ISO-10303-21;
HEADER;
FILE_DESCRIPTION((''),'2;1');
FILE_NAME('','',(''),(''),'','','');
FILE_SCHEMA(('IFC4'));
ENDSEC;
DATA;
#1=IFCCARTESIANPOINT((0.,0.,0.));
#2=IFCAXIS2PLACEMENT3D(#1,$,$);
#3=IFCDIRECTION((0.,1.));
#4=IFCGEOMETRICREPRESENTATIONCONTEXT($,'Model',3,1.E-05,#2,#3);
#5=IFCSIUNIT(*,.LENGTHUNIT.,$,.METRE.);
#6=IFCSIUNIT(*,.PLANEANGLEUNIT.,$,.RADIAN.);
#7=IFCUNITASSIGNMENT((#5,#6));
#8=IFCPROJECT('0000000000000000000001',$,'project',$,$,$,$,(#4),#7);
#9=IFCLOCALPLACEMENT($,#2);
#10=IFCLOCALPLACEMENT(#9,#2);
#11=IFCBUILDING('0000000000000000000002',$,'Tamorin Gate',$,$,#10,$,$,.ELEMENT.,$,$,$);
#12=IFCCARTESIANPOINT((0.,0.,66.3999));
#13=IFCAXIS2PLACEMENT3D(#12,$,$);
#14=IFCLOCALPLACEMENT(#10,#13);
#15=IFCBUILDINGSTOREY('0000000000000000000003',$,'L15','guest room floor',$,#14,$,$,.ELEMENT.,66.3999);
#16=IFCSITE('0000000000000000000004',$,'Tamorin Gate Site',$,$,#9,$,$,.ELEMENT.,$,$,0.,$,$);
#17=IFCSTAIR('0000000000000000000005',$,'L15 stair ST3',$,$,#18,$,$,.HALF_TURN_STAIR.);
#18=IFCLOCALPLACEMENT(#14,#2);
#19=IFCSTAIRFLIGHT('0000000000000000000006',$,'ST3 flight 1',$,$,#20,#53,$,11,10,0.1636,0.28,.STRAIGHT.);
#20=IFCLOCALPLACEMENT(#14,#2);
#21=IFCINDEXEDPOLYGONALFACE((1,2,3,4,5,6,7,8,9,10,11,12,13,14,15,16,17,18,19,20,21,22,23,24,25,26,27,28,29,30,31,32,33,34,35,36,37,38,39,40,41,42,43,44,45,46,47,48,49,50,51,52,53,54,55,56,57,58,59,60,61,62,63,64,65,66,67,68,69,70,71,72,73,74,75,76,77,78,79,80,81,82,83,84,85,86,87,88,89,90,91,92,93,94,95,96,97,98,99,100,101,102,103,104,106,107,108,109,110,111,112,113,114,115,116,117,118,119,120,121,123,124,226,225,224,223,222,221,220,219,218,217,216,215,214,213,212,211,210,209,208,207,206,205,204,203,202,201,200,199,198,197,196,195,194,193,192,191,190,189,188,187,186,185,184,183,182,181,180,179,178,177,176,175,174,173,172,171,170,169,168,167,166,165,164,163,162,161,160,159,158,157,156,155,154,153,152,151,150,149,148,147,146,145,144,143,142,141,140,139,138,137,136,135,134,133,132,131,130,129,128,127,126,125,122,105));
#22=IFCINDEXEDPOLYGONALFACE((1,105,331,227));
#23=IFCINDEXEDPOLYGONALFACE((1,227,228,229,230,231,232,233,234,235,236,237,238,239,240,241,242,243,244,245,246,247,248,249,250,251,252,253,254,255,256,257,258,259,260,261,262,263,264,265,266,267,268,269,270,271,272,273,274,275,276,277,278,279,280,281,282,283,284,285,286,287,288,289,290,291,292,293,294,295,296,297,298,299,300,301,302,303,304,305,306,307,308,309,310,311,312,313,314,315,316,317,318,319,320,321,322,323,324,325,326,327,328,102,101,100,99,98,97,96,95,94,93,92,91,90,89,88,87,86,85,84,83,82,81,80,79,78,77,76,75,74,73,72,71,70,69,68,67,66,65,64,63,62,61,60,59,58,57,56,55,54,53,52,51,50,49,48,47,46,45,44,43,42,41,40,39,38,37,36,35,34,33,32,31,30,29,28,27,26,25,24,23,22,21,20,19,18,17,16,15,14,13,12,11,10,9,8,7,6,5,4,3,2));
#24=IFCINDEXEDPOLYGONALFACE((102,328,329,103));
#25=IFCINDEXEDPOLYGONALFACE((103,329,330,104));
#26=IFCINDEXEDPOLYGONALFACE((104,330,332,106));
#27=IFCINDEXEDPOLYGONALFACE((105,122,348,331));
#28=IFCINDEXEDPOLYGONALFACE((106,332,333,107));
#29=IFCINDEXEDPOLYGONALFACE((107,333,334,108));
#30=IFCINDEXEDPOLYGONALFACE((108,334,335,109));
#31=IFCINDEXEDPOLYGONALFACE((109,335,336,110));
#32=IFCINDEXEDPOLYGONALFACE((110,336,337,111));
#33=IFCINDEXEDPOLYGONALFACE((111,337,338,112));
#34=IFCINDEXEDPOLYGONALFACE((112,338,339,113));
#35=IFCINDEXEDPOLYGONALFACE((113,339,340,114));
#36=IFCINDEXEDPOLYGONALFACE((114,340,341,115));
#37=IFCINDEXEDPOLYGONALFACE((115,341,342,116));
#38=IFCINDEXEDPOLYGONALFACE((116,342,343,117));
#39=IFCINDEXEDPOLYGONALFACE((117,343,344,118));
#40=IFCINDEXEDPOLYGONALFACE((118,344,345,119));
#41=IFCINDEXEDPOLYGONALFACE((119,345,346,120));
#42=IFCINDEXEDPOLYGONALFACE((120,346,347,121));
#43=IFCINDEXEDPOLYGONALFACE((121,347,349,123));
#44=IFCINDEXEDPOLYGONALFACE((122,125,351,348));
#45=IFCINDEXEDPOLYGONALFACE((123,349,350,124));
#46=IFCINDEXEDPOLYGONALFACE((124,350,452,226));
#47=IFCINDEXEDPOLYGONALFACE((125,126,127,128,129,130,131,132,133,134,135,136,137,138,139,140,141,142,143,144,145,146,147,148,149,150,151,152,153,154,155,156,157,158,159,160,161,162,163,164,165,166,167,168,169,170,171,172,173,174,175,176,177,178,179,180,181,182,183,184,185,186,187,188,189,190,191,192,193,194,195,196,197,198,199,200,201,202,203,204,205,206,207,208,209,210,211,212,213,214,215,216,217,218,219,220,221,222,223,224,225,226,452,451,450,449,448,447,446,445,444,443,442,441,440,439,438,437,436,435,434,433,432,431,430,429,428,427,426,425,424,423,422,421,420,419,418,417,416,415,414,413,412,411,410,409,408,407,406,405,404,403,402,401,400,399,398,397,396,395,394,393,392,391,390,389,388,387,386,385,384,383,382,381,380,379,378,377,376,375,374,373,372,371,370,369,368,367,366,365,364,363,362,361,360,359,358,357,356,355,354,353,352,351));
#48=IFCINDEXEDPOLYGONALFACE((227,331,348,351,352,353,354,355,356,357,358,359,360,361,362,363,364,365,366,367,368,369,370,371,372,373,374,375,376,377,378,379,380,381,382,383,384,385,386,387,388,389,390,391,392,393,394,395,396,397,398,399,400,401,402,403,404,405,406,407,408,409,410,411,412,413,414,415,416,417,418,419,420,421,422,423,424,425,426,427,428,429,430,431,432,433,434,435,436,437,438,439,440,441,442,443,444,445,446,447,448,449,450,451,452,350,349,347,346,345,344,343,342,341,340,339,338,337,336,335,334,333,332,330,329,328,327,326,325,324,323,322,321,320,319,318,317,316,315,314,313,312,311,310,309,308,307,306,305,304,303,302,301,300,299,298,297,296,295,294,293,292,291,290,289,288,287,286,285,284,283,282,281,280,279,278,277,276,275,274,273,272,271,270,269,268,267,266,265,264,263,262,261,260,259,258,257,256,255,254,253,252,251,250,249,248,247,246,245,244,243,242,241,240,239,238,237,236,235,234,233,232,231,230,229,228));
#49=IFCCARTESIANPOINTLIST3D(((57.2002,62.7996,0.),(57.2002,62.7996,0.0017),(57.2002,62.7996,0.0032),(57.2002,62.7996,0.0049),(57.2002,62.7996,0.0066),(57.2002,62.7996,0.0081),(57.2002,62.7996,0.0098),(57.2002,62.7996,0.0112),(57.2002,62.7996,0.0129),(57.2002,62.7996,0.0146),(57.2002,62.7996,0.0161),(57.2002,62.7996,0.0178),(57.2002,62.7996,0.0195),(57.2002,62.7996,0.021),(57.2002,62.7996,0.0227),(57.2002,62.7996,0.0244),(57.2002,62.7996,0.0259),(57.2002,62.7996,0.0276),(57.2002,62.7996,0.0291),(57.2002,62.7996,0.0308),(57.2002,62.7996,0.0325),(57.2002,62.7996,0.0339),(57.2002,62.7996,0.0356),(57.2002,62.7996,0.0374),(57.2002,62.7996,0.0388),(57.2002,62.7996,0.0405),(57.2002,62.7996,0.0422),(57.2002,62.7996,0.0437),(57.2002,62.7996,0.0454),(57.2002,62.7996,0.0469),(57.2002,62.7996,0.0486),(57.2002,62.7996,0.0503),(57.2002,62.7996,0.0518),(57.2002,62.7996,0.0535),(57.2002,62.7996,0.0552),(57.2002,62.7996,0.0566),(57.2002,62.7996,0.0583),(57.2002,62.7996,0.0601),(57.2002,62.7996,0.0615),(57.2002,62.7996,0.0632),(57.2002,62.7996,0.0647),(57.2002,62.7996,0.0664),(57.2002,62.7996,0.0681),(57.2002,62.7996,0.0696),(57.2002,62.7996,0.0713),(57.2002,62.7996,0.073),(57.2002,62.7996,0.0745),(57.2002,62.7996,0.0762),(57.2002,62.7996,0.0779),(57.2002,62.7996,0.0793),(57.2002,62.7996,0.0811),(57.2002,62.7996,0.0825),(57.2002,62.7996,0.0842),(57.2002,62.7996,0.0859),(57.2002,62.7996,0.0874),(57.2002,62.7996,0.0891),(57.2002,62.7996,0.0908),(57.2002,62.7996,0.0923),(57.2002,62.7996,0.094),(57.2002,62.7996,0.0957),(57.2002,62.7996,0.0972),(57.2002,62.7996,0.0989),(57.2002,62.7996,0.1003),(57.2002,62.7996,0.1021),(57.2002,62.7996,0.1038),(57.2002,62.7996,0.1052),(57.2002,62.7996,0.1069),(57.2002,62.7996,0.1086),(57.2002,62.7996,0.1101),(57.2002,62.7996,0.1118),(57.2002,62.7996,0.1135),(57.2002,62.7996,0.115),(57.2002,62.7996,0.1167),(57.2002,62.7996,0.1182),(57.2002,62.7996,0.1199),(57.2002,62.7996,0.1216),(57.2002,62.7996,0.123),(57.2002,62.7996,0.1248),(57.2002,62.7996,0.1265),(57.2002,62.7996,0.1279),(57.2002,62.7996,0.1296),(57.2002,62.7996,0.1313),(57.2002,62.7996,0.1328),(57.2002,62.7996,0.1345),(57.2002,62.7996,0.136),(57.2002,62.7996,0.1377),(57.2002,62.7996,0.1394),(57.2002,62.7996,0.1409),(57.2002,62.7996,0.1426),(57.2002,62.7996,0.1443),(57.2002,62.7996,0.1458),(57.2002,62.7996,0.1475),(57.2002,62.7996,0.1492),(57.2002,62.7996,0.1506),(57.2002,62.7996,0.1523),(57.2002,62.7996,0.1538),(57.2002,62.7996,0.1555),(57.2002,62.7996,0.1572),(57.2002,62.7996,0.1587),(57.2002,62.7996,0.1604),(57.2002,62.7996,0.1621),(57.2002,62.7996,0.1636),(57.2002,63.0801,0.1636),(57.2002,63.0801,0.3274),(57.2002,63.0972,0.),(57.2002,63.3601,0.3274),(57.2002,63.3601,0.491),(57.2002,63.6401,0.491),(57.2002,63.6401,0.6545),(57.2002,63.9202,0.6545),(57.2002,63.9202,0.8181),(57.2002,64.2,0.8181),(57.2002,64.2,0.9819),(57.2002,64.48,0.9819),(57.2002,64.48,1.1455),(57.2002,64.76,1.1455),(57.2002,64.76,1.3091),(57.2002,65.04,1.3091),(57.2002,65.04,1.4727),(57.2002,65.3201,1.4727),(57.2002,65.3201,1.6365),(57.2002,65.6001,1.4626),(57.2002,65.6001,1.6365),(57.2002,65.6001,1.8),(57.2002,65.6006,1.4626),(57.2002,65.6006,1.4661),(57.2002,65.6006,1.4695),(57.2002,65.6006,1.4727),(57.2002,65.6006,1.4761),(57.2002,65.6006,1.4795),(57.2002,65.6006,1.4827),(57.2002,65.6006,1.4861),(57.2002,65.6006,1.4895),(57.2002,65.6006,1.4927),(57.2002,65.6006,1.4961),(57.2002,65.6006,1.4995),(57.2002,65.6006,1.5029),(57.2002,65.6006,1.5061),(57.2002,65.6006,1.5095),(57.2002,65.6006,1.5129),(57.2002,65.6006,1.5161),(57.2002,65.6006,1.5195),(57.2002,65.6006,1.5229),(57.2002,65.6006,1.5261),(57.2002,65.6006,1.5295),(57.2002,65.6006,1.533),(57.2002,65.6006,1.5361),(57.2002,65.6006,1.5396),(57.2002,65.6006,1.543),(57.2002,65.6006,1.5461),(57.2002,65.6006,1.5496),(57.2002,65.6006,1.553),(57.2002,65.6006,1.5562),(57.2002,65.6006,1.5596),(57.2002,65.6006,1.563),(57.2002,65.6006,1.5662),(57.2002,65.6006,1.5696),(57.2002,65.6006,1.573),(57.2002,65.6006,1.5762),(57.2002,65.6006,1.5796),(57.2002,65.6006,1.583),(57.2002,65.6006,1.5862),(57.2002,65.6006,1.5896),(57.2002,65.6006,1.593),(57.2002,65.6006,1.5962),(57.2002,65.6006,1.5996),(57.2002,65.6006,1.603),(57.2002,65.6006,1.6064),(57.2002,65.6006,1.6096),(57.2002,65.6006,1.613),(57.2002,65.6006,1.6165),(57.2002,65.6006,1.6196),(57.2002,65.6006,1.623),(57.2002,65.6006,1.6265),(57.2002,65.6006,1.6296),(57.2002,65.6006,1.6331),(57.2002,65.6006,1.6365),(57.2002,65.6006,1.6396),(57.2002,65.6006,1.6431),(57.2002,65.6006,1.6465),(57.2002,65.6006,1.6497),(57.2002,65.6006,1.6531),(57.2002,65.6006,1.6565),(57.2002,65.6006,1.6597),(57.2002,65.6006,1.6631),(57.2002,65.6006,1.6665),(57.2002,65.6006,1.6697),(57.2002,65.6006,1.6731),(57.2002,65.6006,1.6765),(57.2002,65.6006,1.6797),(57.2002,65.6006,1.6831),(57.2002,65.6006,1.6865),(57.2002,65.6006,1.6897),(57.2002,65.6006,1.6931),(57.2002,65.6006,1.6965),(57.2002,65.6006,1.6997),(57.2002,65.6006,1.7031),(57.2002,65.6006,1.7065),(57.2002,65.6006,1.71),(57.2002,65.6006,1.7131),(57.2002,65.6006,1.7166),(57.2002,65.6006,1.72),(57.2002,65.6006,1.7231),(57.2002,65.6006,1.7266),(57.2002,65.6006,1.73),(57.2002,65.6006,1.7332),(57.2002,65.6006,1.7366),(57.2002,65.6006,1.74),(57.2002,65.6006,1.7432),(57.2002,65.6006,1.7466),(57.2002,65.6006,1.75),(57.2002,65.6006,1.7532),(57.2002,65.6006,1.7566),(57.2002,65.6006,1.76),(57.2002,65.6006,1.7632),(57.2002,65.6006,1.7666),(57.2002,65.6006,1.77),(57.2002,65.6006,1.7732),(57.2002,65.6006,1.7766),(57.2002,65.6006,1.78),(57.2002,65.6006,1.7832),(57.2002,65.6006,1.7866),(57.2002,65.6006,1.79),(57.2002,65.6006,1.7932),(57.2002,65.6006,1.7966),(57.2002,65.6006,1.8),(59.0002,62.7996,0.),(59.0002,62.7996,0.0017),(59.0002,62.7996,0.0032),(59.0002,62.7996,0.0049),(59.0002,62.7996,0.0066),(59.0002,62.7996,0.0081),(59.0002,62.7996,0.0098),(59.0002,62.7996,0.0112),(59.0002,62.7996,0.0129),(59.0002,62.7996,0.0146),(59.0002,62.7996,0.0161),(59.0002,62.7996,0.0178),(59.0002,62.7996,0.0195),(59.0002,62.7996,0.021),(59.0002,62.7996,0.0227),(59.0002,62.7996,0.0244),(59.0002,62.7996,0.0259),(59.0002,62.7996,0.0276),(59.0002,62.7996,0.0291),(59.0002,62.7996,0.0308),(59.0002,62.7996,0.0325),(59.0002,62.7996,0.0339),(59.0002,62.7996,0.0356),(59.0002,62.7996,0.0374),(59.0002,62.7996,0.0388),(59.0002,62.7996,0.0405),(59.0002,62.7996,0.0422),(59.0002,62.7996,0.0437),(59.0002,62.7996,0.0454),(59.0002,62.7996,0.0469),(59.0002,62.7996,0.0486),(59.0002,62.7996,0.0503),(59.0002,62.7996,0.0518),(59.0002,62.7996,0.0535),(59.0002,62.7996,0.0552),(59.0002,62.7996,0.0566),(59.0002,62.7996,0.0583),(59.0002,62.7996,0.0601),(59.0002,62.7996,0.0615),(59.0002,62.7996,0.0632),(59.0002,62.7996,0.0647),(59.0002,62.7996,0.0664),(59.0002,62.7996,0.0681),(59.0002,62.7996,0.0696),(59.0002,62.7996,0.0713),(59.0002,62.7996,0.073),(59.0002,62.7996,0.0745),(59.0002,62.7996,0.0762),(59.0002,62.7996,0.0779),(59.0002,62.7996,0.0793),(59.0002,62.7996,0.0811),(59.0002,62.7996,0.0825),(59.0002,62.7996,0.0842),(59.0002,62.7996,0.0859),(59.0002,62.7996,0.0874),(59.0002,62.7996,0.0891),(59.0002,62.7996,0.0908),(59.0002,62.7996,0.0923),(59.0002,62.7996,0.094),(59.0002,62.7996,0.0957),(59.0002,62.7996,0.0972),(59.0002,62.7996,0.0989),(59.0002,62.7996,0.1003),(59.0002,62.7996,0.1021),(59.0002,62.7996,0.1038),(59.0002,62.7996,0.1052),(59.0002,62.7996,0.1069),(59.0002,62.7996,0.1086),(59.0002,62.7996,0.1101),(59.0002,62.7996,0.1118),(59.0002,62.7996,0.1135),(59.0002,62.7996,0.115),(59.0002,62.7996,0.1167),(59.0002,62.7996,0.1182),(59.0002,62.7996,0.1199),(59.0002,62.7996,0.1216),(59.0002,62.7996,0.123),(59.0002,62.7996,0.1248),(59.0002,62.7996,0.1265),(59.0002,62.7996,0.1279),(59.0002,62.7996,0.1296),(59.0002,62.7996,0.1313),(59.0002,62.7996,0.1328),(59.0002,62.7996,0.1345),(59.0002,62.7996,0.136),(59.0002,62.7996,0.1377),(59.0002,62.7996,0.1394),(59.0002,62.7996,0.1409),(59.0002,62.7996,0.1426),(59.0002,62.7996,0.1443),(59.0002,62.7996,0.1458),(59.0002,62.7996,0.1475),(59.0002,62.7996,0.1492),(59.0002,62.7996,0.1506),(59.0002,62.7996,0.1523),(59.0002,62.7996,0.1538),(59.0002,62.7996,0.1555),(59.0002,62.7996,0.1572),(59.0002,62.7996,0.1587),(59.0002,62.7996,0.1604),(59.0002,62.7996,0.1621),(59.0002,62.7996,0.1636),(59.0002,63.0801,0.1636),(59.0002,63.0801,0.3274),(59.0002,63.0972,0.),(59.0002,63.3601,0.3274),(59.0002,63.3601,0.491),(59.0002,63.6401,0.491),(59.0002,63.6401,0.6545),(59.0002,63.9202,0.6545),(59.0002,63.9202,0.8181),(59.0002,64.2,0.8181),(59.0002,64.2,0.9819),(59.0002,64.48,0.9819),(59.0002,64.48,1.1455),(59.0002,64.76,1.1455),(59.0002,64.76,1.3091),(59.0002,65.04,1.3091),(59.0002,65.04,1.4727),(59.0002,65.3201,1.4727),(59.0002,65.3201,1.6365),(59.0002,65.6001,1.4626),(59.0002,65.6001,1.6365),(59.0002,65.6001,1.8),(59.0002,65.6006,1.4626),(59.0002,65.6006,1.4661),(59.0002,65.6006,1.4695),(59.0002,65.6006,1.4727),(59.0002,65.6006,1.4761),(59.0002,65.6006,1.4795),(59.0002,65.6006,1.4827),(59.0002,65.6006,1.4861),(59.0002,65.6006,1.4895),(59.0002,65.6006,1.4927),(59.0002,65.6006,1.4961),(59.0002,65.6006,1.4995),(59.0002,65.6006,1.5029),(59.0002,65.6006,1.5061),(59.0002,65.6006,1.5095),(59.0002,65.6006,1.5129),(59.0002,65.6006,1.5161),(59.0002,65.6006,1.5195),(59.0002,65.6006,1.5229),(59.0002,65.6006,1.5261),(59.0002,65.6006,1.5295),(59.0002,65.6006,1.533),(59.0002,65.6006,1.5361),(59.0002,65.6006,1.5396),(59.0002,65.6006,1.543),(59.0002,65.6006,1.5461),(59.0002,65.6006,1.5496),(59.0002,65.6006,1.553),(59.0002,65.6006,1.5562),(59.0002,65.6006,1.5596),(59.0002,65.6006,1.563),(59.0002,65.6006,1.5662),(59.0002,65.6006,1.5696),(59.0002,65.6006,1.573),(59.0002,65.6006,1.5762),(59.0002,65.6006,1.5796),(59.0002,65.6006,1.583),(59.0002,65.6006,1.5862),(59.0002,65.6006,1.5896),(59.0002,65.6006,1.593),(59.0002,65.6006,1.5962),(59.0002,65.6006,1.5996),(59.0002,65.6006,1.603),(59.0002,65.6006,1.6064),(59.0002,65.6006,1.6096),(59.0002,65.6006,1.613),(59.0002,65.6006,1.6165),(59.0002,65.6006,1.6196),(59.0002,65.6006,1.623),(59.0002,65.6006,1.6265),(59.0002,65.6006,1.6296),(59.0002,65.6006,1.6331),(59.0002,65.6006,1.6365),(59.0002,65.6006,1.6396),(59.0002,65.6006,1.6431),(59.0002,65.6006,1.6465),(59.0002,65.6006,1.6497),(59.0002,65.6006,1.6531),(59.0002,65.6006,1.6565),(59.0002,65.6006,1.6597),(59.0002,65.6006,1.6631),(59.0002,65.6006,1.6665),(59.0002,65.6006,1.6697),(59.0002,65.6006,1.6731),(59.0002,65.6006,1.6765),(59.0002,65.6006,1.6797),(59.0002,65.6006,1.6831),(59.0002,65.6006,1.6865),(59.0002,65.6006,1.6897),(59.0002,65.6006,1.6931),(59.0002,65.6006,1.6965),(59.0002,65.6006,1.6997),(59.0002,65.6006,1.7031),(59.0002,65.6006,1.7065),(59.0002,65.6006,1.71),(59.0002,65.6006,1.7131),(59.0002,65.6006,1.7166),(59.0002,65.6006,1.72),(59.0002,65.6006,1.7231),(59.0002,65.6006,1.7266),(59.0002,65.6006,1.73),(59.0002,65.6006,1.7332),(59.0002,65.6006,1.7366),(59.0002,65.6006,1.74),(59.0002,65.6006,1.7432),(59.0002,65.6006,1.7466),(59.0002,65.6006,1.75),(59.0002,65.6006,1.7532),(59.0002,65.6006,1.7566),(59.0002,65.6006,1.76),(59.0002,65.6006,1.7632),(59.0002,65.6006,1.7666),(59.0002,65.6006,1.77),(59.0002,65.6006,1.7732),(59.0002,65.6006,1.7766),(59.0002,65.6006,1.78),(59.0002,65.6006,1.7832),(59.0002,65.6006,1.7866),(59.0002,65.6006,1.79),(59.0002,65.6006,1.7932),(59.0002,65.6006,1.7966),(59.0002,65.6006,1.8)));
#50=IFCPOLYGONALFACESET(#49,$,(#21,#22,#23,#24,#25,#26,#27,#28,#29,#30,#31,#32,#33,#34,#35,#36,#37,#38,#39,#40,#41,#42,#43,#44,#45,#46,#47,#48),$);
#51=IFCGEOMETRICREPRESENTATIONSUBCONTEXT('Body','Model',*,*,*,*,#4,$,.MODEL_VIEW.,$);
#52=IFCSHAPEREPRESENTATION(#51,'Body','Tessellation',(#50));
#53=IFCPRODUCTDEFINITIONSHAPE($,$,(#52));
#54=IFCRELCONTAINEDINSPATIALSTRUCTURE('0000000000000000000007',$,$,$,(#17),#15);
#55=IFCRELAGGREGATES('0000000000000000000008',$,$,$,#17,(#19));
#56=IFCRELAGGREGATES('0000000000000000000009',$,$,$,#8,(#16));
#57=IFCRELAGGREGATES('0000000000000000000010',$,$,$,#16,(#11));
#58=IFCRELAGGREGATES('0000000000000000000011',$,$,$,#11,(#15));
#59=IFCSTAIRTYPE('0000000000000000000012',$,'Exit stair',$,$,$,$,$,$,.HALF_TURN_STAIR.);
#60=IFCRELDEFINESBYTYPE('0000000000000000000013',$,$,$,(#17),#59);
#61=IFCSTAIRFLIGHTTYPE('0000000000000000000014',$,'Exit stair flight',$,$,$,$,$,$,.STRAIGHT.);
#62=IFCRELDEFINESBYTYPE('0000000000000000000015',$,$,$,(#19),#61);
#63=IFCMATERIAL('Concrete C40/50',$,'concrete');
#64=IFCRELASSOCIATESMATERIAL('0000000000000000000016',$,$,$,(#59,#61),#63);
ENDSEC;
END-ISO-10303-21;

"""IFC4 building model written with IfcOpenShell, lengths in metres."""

from ifc_helpers import new_model, si_unit, direction, frame, origin, place, context, subcontext, project, spatial, polyline, outline, extrude, material, type_object, element, aggregate, save


model = new_model("IFC4")

# Units and contexts
model_context = context("Model", 3, precision=1e-05, world=origin(), true_north=direction((0.0, 1.0)))
body_context = subcontext(model_context, "Body", "Model", "MODEL_VIEW")
ifc_project = project(units=[si_unit("LENGTHUNIT", "METRE"), si_unit("PLANEANGLEUNIT", "RADIAN")], contexts=[model_context])

# Site, building, storey
site_placement = place(None, origin())
site = spatial("IfcSite", under=ifc_project, at=site_placement, Name="Tamorin Gate Site", CompositionType="ELEMENT", RefElevation=0.0)
building_placement = place(site_placement, origin())
building = spatial("IfcBuilding", under=site, at=building_placement, Name="Tamorin Gate", CompositionType="ELEMENT")
storey_placement = place(building_placement, frame((0.0, 0.0, 66.3999)))
storey = spatial("IfcBuildingStorey", under=building, at=storey_placement, Name="L15", Description="guest room floor", CompositionType="ELEMENT", Elevation=66.3999)

# Shared definitions
ifc_material_1 = material(Name="Concrete C40/50", Category="concrete")

# Stair, stair flight
stair_type = type_object("IfcStairType", Name="Exit stair", PredefinedType="HALF_TURN_STAIR", material=ifc_material_1)
stair_placement = place(storey_placement, origin())
stair = element("IfcStair", 1, at=stair_placement, inside=storey, type_object=stair_type, Name="L15 stair ST3", PredefinedType="HALF_TURN_STAIR")
stair_flight_type = type_object("IfcStairFlightType", Name="Exit stair flight", PredefinedType="STRAIGHT", material=ifc_material_1)
stair_flight_1_placement = place(storey_placement, frame((58.1001, 62.8, 0.0), z_axis=(0.0, 0.0, 1.0), x_axis=(0.0, 1.0, 0.0)))
stair_flight_1 = element("IfcStairFlight", 2, at=stair_flight_1_placement, type_object=stair_flight_type, Name="ST3 flight 1", NumberOfRisers=11, NumberOfTreads=10, PredefinedType="STRAIGHT", RiserHeight=0.1636, TreadLength=0.28, context=body_context, shape_type="SweptSolid", body=[
    extrude(outline(polyline([(-0.0005, 0.0), (-0.0005, 0.0017), (-0.0005, 0.0032), (-0.0005, 0.0049), (-0.0005, 0.0066), (-0.0005, 0.0081), (-0.0005, 0.0098), (-0.0005, 0.0112), (-0.0005, 0.0129), (-0.0005, 0.0146), (-0.0005, 0.0161), (-0.0005, 0.0178), (-0.0005, 0.0195), (-0.0005, 0.021), (-0.0005, 0.0227), (-0.0005, 0.0244), (-0.0005, 0.0259), (-0.0005, 0.0276), (-0.0005, 0.0291), (-0.0005, 0.0308), (-0.0005, 0.0325), (-0.0005, 0.0339), (-0.0005, 0.0356), (-0.0005, 0.0374), (-0.0005, 0.0388), (-0.0005, 0.0405), (-0.0005, 0.0422), (-0.0005, 0.0437), (-0.0005, 0.0454), (-0.0005, 0.0469), (-0.0005, 0.0486), (-0.0005, 0.0503), (-0.0005, 0.0518), (-0.0005, 0.0535), (-0.0005, 0.0552), (-0.0005, 0.0566), (-0.0005, 0.0583), (-0.0005, 0.0601), (-0.0005, 0.0615), (-0.0005, 0.0632), (-0.0005, 0.0647), (-0.0005, 0.0664), (-0.0005, 0.0681), (-0.0005, 0.0696), (-0.0005, 0.0713), (-0.0005, 0.073), (-0.0005, 0.0745), (-0.0005, 0.0762), (-0.0005, 0.0779), (-0.0005, 0.0793), (-0.0005, 0.0811), (-0.0005, 0.0825), (-0.0005, 0.0842), (-0.0005, 0.0859), (-0.0005, 0.0874), (-0.0005, 0.0891), (-0.0005, 0.0908), (-0.0005, 0.0923), (-0.0005, 0.094), (-0.0005, 0.0957), (-0.0005, 0.0972), (-0.0005, 0.0989), (-0.0005, 0.1003), (-0.0005, 0.1021), (-0.0005, 0.1038), (-0.0005, 0.1052), (-0.0005, 0.1069), (-0.0005, 0.1086), (-0.0005, 0.1101), (-0.0005, 0.1118), (-0.0005, 0.1135), (-0.0005, 0.115), (-0.0005, 0.1167), (-0.0005, 0.1182), (-0.0005, 0.1199), (-0.0005, 0.1216), (-0.0005, 0.123), (-0.0005, 0.1248), (-0.0005, 0.1265), (-0.0005, 0.1279), (-0.0005, 0.1296), (-0.0005, 0.1313), (-0.0005, 0.1328), (-0.0005, 0.1345), (-0.0005, 0.136), (-0.0005, 0.1377), (-0.0005, 0.1394), (-0.0005, 0.1409), (-0.0005, 0.1426), (-0.0005, 0.1443), (-0.0005, 0.1458), (-0.0005, 0.1475), (-0.0005, 0.1492), (-0.0005, 0.1506), (-0.0005, 0.1523), (-0.0005, 0.1538), (-0.0005, 0.1555), (-0.0005, 0.1572), (-0.0005, 0.1587), (-0.0005, 0.1604), (-0.0005, 0.1621), (-0.0005, 0.1636), (0.28, 0.1636), (0.28, 0.3274), (0.5601, 0.3274), (0.5601, 0.491), (0.8401, 0.491), (0.8401, 0.6545), (1.1201, 0.6545), (1.1201, 0.8181), (1.3999, 0.8181), (1.3999, 0.9819), (1.6799, 0.9819), (1.6799, 1.1455), (1.96, 1.1455), (1.96, 1.3091), (2.24, 1.3091), (2.24, 1.4727), (2.52, 1.4727), (2.52, 1.6365), (2.8, 1.6365), (2.8, 1.8), (2.8005, 1.8), (2.8005, 1.7966), (2.8005, 1.7932), (2.8005, 1.79), (2.8005, 1.7866), (2.8005, 1.7832), (2.8005, 1.78), (2.8005, 1.7766), (2.8005, 1.7732), (2.8005, 1.77), (2.8005, 1.7666), (2.8005, 1.7632), (2.8005, 1.76), (2.8005, 1.7566), (2.8005, 1.7532), (2.8005, 1.75), (2.8005, 1.7466), (2.8005, 1.7432), (2.8005, 1.74), (2.8005, 1.7366), (2.8005, 1.7332), (2.8005, 1.73), (2.8005, 1.7266), (2.8005, 1.7231), (2.8005, 1.72), (2.8005, 1.7166), (2.8005, 1.7131), (2.8005, 1.71), (2.8005, 1.7065), (2.8005, 1.7031), (2.8005, 1.6997), (2.8005, 1.6965), (2.8005, 1.6931), (2.8005, 1.6897), (2.8005, 1.6865), (2.8005, 1.6831), (2.8005, 1.6797), (2.8005, 1.6765), (2.8005, 1.6731), (2.8005, 1.6697), (2.8005, 1.6665), (2.8005, 1.6631), (2.8005, 1.6597), (2.8005, 1.6565), (2.8005, 1.6531), (2.8005, 1.6497), (2.8005, 1.6465), (2.8005, 1.6431), (2.8005, 1.6396), (2.8005, 1.6365), (2.8005, 1.6331), (2.8005, 1.6296), (2.8005, 1.6265), (2.8005, 1.623), (2.8005, 1.6196), (2.8005, 1.6165), (2.8005, 1.613), (2.8005, 1.6096), (2.8005, 1.6064), (2.8005, 1.603), (2.8005, 1.5996), (2.8005, 1.5962), (2.8005, 1.593), (2.8005, 1.5896), (2.8005, 1.5862), (2.8005, 1.583), (2.8005, 1.5796), (2.8005, 1.5762), (2.8005, 1.573), (2.8005, 1.5696), (2.8005, 1.5662), (2.8005, 1.563), (2.8005, 1.5596), (2.8005, 1.5562), (2.8005, 1.553), (2.8005, 1.5496), (2.8005, 1.5461), (2.8005, 1.543), (2.8005, 1.5396), (2.8005, 1.5361), (2.8005, 1.533), (2.8005, 1.5295), (2.8005, 1.5261), (2.8005, 1.5229), (2.8005, 1.5195), (2.8005, 1.5161), (2.8005, 1.5129), (2.8005, 1.5095), (2.8005, 1.5061), (2.8005, 1.5029), (2.8005, 1.4995), (2.8005, 1.4961), (2.8005, 1.4927), (2.8005, 1.4895), (2.8005, 1.4861), (2.8005, 1.4827), (2.8005, 1.4795), (2.8005, 1.4761), (2.8005, 1.4727), (2.8005, 1.4695), (2.8005, 1.4661), (2.8005, 1.4626), (2.8, 1.4626), (0.2971, 0.0), (-0.0005, 0.0)])), frame((0.0, 0.8999, 0.0), z_axis=(0.0, -1.0, 0.0), x_axis=(1.0, 0.0, 0.0)), (0.0, 0.0, 1.0), 1.8),
])
aggregate(stair, [stair_flight_1])

save(model, "model.ifc")
